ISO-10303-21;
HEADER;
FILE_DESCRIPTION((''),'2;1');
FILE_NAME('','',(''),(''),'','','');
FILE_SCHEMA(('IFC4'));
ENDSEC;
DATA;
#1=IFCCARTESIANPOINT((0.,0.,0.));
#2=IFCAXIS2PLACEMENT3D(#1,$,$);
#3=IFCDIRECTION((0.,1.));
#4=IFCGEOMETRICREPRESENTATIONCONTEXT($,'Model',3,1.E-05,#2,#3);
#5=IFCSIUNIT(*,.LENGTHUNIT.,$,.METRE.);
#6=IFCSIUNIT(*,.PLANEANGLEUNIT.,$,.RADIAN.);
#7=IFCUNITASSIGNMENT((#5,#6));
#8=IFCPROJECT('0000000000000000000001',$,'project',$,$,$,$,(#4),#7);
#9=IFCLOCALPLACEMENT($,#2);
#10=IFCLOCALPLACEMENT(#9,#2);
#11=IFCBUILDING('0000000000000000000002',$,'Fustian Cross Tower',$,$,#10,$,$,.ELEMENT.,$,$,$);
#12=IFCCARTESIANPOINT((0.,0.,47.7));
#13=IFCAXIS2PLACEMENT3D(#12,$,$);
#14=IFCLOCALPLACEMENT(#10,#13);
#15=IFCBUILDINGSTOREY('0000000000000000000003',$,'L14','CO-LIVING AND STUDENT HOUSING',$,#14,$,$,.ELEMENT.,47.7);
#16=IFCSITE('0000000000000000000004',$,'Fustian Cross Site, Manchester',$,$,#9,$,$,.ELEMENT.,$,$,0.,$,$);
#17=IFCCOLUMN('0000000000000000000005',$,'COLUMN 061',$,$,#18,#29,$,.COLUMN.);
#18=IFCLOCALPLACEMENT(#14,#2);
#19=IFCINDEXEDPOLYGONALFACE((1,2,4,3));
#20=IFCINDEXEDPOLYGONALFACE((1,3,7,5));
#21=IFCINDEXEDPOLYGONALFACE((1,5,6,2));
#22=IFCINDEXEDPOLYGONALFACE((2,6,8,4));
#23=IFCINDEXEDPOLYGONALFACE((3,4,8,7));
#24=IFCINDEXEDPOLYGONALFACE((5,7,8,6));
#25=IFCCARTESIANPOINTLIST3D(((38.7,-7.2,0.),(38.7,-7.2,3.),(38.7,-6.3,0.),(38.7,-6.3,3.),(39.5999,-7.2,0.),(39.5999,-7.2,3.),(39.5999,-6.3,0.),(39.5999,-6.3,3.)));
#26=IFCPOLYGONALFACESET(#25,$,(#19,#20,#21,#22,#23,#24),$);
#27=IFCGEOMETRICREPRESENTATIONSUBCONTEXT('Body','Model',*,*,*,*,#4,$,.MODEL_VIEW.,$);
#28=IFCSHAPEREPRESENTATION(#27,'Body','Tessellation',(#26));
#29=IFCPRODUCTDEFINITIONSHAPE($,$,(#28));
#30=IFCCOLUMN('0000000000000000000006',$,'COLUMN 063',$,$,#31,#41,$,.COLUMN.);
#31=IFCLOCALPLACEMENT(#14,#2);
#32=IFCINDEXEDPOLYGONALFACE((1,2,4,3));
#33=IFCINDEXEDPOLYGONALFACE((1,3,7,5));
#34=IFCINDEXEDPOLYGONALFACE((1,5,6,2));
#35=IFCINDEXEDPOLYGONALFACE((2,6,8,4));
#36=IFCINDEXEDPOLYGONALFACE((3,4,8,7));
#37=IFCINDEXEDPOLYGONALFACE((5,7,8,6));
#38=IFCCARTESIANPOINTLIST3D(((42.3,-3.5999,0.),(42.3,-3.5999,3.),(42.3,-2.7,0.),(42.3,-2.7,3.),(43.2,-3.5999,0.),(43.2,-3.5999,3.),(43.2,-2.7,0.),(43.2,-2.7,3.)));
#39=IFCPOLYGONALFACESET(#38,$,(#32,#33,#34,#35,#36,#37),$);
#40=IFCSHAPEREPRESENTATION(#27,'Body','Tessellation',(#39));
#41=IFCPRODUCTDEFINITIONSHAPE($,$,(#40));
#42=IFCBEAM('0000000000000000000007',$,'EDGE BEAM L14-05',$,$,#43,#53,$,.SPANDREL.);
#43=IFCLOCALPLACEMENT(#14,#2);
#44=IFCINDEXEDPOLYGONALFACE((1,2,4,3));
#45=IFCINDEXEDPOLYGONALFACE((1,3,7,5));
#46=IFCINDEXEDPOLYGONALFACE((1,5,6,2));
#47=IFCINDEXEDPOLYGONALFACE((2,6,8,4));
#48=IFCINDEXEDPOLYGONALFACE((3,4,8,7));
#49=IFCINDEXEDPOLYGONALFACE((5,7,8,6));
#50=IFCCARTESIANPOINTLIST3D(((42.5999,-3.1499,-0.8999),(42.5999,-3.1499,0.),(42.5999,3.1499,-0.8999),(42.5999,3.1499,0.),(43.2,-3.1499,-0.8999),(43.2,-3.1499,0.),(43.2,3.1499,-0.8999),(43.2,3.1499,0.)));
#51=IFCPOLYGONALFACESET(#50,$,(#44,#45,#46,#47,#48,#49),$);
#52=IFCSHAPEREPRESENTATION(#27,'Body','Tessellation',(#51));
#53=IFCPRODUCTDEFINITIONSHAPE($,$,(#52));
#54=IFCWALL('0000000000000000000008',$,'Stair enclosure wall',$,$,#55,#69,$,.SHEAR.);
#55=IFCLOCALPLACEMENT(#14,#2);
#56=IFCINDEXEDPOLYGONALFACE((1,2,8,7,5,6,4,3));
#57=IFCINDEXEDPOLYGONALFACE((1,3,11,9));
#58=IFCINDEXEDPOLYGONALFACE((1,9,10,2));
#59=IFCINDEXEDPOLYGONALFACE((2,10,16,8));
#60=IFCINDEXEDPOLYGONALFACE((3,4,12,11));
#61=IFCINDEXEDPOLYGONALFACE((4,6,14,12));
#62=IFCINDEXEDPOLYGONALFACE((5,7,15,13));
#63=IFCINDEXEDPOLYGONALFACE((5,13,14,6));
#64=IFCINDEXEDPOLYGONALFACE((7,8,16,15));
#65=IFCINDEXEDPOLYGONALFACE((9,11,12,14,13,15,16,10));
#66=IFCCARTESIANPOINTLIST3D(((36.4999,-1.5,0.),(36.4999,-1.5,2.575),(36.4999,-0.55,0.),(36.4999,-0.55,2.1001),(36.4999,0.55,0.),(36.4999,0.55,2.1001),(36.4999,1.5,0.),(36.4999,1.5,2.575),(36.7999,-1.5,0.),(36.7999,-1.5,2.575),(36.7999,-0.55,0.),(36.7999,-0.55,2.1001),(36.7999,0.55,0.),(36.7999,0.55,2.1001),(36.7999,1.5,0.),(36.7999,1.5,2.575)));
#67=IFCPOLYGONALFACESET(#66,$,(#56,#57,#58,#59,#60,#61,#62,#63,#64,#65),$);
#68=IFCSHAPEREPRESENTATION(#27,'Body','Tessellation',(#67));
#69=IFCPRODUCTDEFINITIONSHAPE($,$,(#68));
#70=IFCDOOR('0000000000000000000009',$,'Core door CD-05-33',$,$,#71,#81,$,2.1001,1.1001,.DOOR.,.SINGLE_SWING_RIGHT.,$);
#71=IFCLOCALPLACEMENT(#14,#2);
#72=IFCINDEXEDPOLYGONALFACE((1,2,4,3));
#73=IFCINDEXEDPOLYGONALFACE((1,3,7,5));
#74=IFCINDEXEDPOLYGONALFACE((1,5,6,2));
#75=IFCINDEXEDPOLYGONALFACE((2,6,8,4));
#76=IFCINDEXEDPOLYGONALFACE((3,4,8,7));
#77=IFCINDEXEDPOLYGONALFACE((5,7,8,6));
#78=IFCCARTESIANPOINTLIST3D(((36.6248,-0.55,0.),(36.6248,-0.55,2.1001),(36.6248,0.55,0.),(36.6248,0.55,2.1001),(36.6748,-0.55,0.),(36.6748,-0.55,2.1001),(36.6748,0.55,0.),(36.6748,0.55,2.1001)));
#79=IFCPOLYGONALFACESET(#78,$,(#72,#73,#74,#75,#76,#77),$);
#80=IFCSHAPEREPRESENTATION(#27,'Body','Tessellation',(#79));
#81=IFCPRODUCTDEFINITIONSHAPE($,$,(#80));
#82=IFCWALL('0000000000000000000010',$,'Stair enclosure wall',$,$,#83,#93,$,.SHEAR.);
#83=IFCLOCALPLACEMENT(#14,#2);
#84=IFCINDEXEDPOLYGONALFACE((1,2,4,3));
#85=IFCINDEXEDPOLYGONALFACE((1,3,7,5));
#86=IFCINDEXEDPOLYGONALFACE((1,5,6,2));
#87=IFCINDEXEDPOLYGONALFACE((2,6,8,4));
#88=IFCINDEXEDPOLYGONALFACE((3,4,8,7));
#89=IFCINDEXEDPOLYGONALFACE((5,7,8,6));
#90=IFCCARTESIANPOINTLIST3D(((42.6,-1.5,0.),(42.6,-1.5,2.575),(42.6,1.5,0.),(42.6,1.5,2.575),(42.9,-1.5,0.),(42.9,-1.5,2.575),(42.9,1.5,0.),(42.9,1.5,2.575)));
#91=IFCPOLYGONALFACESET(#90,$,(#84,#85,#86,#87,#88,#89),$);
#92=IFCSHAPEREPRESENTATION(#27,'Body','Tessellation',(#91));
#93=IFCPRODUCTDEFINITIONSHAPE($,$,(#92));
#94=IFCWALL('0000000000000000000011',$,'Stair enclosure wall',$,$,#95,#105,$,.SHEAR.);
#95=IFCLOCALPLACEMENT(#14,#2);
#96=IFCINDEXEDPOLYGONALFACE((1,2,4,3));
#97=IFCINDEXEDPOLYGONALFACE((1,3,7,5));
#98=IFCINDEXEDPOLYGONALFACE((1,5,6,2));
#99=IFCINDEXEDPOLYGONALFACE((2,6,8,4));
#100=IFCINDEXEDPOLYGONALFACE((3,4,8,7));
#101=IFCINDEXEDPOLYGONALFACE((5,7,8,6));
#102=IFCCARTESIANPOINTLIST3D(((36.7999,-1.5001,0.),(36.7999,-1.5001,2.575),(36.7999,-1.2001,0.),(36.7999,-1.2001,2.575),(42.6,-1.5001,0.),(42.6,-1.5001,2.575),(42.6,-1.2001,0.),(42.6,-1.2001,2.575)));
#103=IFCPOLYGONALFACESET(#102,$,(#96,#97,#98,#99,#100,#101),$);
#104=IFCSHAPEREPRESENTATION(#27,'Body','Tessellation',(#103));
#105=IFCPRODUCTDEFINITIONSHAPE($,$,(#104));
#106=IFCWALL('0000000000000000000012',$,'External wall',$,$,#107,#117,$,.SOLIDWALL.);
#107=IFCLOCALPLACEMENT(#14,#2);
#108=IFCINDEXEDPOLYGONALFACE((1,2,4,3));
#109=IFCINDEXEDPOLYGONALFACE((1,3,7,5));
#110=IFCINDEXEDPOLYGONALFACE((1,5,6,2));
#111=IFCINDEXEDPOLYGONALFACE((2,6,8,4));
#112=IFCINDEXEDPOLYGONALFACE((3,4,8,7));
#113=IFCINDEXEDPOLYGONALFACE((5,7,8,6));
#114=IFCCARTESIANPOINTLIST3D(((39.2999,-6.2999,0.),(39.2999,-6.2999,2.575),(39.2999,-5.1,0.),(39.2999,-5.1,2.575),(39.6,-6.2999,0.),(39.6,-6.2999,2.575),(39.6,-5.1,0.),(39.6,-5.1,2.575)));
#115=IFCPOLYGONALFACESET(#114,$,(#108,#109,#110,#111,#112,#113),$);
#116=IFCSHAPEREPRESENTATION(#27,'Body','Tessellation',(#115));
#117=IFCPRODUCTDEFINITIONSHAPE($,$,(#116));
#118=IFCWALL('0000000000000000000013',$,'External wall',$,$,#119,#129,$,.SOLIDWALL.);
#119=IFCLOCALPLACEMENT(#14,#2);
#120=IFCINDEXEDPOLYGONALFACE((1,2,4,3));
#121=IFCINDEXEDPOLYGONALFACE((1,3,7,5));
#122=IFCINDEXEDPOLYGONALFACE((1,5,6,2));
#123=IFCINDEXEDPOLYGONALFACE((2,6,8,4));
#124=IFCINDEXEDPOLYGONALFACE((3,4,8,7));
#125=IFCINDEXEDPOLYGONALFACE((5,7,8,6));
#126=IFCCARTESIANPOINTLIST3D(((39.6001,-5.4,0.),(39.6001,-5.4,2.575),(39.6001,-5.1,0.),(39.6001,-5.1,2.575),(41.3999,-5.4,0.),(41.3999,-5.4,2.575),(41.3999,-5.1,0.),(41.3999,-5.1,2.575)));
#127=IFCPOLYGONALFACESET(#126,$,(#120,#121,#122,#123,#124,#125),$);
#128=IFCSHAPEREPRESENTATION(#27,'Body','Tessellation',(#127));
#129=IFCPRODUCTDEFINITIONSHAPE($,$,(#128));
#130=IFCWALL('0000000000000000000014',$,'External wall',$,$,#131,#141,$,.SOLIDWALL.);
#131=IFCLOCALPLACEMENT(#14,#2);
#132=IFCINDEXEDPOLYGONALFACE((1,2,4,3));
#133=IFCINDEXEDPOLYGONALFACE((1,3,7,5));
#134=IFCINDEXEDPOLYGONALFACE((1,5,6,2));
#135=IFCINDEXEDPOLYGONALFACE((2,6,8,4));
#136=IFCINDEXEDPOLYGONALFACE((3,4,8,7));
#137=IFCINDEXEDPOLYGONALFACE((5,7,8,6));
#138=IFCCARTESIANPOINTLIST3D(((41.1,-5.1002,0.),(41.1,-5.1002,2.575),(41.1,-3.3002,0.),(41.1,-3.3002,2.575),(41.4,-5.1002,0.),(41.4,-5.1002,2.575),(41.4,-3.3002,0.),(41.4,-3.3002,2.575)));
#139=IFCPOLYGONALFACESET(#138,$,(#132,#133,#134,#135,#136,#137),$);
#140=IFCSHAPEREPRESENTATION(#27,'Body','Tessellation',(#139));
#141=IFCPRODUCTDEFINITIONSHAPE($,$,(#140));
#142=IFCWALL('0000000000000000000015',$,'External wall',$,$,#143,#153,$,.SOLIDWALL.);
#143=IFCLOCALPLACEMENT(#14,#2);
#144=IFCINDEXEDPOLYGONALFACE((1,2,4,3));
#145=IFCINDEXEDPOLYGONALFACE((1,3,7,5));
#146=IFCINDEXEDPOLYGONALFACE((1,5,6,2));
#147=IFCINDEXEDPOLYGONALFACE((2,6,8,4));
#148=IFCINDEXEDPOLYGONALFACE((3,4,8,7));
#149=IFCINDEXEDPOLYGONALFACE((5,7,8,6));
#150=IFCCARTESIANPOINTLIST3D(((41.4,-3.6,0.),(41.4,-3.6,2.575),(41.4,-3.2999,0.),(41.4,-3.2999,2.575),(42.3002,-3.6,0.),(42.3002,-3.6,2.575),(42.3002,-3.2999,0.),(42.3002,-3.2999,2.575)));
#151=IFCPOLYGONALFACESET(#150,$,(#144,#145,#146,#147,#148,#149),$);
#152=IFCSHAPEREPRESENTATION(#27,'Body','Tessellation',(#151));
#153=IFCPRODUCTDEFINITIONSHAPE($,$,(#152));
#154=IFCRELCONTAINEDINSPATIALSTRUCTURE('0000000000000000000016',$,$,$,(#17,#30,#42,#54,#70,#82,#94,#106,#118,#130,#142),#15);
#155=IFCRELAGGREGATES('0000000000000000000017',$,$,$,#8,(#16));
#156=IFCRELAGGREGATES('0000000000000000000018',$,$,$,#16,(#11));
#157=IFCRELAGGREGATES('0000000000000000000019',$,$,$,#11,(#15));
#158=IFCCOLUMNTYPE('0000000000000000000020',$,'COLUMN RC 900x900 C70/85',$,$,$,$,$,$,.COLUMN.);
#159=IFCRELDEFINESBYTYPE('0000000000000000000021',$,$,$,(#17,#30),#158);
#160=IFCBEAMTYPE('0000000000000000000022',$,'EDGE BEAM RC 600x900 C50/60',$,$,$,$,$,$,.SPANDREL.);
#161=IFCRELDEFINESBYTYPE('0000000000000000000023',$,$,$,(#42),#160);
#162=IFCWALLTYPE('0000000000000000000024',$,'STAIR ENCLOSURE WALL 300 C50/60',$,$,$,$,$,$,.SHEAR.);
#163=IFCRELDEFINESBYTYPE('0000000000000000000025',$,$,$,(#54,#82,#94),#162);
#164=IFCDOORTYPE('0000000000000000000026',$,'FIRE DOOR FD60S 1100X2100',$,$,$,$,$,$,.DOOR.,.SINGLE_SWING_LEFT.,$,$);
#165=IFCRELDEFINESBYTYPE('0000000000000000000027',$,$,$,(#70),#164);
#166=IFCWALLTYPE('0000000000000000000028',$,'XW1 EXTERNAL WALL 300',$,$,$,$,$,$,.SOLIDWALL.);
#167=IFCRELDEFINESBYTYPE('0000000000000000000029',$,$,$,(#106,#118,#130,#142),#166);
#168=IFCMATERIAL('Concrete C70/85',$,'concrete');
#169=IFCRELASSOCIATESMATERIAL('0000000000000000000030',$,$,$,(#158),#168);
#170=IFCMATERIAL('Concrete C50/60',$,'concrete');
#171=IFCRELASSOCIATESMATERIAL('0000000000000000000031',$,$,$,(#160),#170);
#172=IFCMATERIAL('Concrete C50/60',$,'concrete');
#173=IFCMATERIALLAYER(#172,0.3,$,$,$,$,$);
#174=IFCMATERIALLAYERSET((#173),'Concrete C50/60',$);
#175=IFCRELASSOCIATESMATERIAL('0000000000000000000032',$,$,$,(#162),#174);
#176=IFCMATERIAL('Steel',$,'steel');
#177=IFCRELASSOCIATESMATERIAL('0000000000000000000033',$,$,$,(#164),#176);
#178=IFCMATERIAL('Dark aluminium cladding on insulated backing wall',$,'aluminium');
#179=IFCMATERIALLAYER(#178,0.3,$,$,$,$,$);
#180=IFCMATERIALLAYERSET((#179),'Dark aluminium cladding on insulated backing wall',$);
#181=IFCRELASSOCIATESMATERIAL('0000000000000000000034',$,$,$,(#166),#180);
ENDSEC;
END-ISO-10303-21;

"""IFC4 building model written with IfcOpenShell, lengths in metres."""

from ifc_helpers import new_model, si_unit, direction, frame, frame_2d, origin, origin_2d, place, context, subcontext, project, spatial, rectangle, extrude, material, layer, layer_set, material_profile, profile_set, type_object, element, fill, save


model = new_model("IFC4")

# Units and contexts
model_context = context("Model", 3, precision=1e-05, world=origin(), true_north=direction((0.0, 1.0)))
body_context = subcontext(model_context, "Body", "Model", "MODEL_VIEW")
ifc_project = project(units=[si_unit("LENGTHUNIT", "METRE"), si_unit("PLANEANGLEUNIT", "RADIAN")], contexts=[model_context])

# Site, building, storey
site_placement = place(None, origin())
site = spatial("IfcSite", under=ifc_project, at=site_placement, Name="Fustian Cross Site, Manchester", CompositionType="ELEMENT", RefElevation=0.0)
building_placement = place(site_placement, origin())
building = spatial("IfcBuilding", under=site, at=building_placement, Name="Fustian Cross Tower", CompositionType="ELEMENT")
storey_placement = place(building_placement, frame((0.0, 0.0, 47.7)))
storey = spatial("IfcBuildingStorey", under=building, at=storey_placement, Name="L14", Description="CO-LIVING AND STUDENT HOUSING", CompositionType="ELEMENT", Elevation=47.7)

# Columns
ifc_material_1 = material(Name="Concrete C70/85", Category="concrete")
ifc_material_profile_1 = material_profile(ifc_material_1, rectangle(XDim=0.8999, YDim=0.8999, at=origin_2d()), Name="RC 900x900")
ifc_profile_set_1 = profile_set([ifc_material_profile_1], Name="Concrete C70/85")
column_type = type_object("IfcColumnType", Name="COLUMN RC 900x900 C70/85", PredefinedType="COLUMN", material=ifc_profile_set_1)
for number, where, z_axis, x_axis, name in (
    (1, (39.1499, -6.75, 0.0), (0.0, 0.0, 1.0), (1.0, 0.0, 0.0), "COLUMN 061"),
    (2, (42.75, -3.1499, 0.0), (0.0, 0.0, 1.0), (1.0, 0.0, 0.0), "COLUMN 063"),
):
    element("IfcColumn", number, at=place(storey_placement, frame(where, z_axis=z_axis, x_axis=x_axis)), inside=storey, type_object=column_type, Name=name, PredefinedType="COLUMN", context=body_context, shape_type="SweptSolid", body=[
        extrude(rectangle(XDim=0.8999, YDim=0.8999, at=origin_2d()), origin(), (0.0, 0.0, 1.0), 3.0),
    ])

# Beam
ifc_material_2 = material(Name="Concrete C50/60", Category="concrete")
ifc_material_profile_2 = material_profile(ifc_material_2, rectangle(XDim=0.6001, YDim=0.8999, at=origin_2d()), Name="RC 600x900")
ifc_profile_set_2 = profile_set([ifc_material_profile_2], Name="Concrete C50/60")
beam_type = type_object("IfcBeamType", Name="EDGE BEAM RC 600x900 C50/60", PredefinedType="SPANDREL", material=ifc_profile_set_2)
beam_placement = place(storey_placement, frame((42.8999, -3.1499, -0.45), z_axis=(0.0, 1.0, 0.0), x_axis=(-1.0, 0.0, 0.0)))
element("IfcBeam", 3, at=beam_placement, inside=storey, type_object=beam_type, Name="EDGE BEAM L14-05", PredefinedType="SPANDREL", context=body_context, shape_type="SweptSolid", body=[
    extrude(rectangle(XDim=0.6001, YDim=0.8999, at=origin_2d()), origin(), (0.0, 0.0, 1.0), 6.2998),
])

# Wall, opening, door
ifc_material_3 = material(Name="Concrete C50/60", Category="concrete")
ifc_layer_1 = layer(ifc_material_3, 0.3)
ifc_layer_set_1 = layer_set([ifc_layer_1], Name="Concrete C50/60")
wall_type_1 = type_object("IfcWallType", Name="STAIR ENCLOSURE WALL 300 C50/60", PredefinedType="SHEAR", material=ifc_layer_set_1)
wall_1_placement = place(storey_placement, frame((36.6499, -1.5, 0.0), z_axis=(0.0, 0.0, 1.0), x_axis=(0.0, 1.0, 0.0)))
wall_1 = element("IfcWall", 4, at=wall_1_placement, inside=storey, type_object=wall_type_1, Name="Stair enclosure wall", PredefinedType="SHEAR", context=body_context, shape_type="SweptSolid", body=[
    extrude(rectangle(XDim=3.0, YDim=0.3, at=frame_2d((1.5, 0.0))), origin(), (0.0, 0.0, 1.0), 2.575),
])
opening_1_placement = place(wall_1_placement, frame((0.95, 0.0, 0.0)))
opening_1 = element("IfcOpeningElement", 5, at=opening_1_placement, cuts=wall_1, PredefinedType="OPENING", context=body_context, shape_type="SweptSolid", body=[
    extrude(rectangle(XDim=1.1001, YDim=2.1001, at=frame_2d((0.55, 1.05))), frame((0.0, 0.1599, 0.0), z_axis=(0.0, -1.0, 0.0), x_axis=(1.0, 0.0, 0.0)), (0.0, 0.0, 1.0), 0.3201),
])
ifc_material_4 = material(Name="Steel", Category="steel")
door_type = type_object("IfcDoorType", Name="FIRE DOOR FD60S 1100X2100", OperationType="SINGLE_SWING_LEFT", PredefinedType="DOOR", material=ifc_material_4)
door_placement = place(opening_1_placement, frame((1.1001, 0.0, 0.0), z_axis=(0.0, 0.0, 1.0), x_axis=(-1.0, 0.0, 0.0)))
door = element("IfcDoor", 6, at=door_placement, inside=storey, type_object=door_type, Name="Core door CD-05-33", OperationType="SINGLE_SWING_RIGHT", OverallHeight=2.1001, OverallWidth=1.1001, PredefinedType="DOOR", context=body_context, shape_type="SweptSolid", body=[
    extrude(rectangle(XDim=1.1001, YDim=2.1001, at=frame_2d((0.55, 1.05))), frame((0.0, 0.0249, 0.0), z_axis=(0.0, -1.0, 0.0), x_axis=(1.0, 0.0, 0.0)), (0.0, 0.0, 1.0), 0.05),
])
fill(opening_1, door)

# Walls
wall_2_placement = place(storey_placement, frame((42.75, -1.5, 0.0), z_axis=(0.0, 0.0, 1.0), x_axis=(0.0, 1.0, 0.0)))
element("IfcWall", 7, at=wall_2_placement, inside=storey, type_object=wall_type_1, Name="Stair enclosure wall", PredefinedType="SHEAR", context=body_context, shape_type="SweptSolid", body=[
    extrude(rectangle(XDim=3.0, YDim=0.3, at=frame_2d((1.5, 0.0))), origin(), (0.0, 0.0, 1.0), 2.575),
])
wall_3_placement = place(storey_placement, frame((36.8, -1.3501, 0.0), z_axis=(0.0, 0.0, 1.0), x_axis=(1.0, 0.0, 0.0)))
element("IfcWall", 8, at=wall_3_placement, inside=storey, type_object=wall_type_1, Name="Stair enclosure wall", PredefinedType="SHEAR", context=body_context, shape_type="SweptSolid", body=[
    extrude(rectangle(XDim=5.8, YDim=0.3, at=frame_2d((2.8999, 0.0))), origin(), (0.0, 0.0, 1.0), 2.575),
])
ifc_material_5 = material(Name="Dark aluminium cladding on insulated backing wall", Category="aluminium")
ifc_layer_2 = layer(ifc_material_5, 0.3)
ifc_layer_set_2 = layer_set([ifc_layer_2], Name="Dark aluminium cladding on insulated backing wall")
wall_type_2 = type_object("IfcWallType", Name="XW1 EXTERNAL WALL 300", PredefinedType="SOLIDWALL", material=ifc_layer_set_2)
wall_4_placement = place(storey_placement, frame((39.45, -6.3, 0.0), z_axis=(0.0, 0.0, 1.0), x_axis=(0.0, 1.0, 0.0)))
element("IfcWall", 9, at=wall_4_placement, inside=storey, type_object=wall_type_2, Name="External wall", PredefinedType="SOLIDWALL", context=body_context, shape_type="SweptSolid", body=[
    extrude(rectangle(XDim=1.2, YDim=0.3, at=frame_2d((0.6001, 0.0))), origin(), (0.0, 0.0, 1.0), 2.575),
])
wall_5_placement = place(storey_placement, frame((39.6001, -5.25, 0.0), z_axis=(0.0, 0.0, 1.0), x_axis=(1.0, 0.0, 0.0)))
element("IfcWall", 10, at=wall_5_placement, inside=storey, type_object=wall_type_2, Name="External wall", PredefinedType="SOLIDWALL", context=body_context, shape_type="SweptSolid", body=[
    extrude(rectangle(XDim=1.7998, YDim=0.3, at=frame_2d((0.8999, 0.0))), origin(), (0.0, 0.0, 1.0), 2.575),
])
wall_6_placement = place(storey_placement, frame((41.25, -5.1001, 0.0), z_axis=(0.0, 0.0, 1.0), x_axis=(0.0, 1.0, 0.0)))
element("IfcWall", 11, at=wall_6_placement, inside=storey, type_object=wall_type_2, Name="External wall", PredefinedType="SOLIDWALL", context=body_context, shape_type="SweptSolid", body=[
    extrude(rectangle(XDim=1.8, YDim=0.3, at=frame_2d((0.8999, 0.0))), origin(), (0.0, 0.0, 1.0), 2.575),
])
wall_7_placement = place(storey_placement, frame((41.3999, -3.45, 0.0), z_axis=(0.0, 0.0, 1.0), x_axis=(1.0, 0.0, 0.0)))
element("IfcWall", 12, at=wall_7_placement, inside=storey, type_object=wall_type_2, Name="External wall", PredefinedType="SOLIDWALL", context=body_context, shape_type="SweptSolid", body=[
    extrude(rectangle(XDim=0.9001, YDim=0.3, at=frame_2d((0.4502, 0.0))), origin(), (0.0, 0.0, 1.0), 2.575),
])

save(model, "model.ifc")
